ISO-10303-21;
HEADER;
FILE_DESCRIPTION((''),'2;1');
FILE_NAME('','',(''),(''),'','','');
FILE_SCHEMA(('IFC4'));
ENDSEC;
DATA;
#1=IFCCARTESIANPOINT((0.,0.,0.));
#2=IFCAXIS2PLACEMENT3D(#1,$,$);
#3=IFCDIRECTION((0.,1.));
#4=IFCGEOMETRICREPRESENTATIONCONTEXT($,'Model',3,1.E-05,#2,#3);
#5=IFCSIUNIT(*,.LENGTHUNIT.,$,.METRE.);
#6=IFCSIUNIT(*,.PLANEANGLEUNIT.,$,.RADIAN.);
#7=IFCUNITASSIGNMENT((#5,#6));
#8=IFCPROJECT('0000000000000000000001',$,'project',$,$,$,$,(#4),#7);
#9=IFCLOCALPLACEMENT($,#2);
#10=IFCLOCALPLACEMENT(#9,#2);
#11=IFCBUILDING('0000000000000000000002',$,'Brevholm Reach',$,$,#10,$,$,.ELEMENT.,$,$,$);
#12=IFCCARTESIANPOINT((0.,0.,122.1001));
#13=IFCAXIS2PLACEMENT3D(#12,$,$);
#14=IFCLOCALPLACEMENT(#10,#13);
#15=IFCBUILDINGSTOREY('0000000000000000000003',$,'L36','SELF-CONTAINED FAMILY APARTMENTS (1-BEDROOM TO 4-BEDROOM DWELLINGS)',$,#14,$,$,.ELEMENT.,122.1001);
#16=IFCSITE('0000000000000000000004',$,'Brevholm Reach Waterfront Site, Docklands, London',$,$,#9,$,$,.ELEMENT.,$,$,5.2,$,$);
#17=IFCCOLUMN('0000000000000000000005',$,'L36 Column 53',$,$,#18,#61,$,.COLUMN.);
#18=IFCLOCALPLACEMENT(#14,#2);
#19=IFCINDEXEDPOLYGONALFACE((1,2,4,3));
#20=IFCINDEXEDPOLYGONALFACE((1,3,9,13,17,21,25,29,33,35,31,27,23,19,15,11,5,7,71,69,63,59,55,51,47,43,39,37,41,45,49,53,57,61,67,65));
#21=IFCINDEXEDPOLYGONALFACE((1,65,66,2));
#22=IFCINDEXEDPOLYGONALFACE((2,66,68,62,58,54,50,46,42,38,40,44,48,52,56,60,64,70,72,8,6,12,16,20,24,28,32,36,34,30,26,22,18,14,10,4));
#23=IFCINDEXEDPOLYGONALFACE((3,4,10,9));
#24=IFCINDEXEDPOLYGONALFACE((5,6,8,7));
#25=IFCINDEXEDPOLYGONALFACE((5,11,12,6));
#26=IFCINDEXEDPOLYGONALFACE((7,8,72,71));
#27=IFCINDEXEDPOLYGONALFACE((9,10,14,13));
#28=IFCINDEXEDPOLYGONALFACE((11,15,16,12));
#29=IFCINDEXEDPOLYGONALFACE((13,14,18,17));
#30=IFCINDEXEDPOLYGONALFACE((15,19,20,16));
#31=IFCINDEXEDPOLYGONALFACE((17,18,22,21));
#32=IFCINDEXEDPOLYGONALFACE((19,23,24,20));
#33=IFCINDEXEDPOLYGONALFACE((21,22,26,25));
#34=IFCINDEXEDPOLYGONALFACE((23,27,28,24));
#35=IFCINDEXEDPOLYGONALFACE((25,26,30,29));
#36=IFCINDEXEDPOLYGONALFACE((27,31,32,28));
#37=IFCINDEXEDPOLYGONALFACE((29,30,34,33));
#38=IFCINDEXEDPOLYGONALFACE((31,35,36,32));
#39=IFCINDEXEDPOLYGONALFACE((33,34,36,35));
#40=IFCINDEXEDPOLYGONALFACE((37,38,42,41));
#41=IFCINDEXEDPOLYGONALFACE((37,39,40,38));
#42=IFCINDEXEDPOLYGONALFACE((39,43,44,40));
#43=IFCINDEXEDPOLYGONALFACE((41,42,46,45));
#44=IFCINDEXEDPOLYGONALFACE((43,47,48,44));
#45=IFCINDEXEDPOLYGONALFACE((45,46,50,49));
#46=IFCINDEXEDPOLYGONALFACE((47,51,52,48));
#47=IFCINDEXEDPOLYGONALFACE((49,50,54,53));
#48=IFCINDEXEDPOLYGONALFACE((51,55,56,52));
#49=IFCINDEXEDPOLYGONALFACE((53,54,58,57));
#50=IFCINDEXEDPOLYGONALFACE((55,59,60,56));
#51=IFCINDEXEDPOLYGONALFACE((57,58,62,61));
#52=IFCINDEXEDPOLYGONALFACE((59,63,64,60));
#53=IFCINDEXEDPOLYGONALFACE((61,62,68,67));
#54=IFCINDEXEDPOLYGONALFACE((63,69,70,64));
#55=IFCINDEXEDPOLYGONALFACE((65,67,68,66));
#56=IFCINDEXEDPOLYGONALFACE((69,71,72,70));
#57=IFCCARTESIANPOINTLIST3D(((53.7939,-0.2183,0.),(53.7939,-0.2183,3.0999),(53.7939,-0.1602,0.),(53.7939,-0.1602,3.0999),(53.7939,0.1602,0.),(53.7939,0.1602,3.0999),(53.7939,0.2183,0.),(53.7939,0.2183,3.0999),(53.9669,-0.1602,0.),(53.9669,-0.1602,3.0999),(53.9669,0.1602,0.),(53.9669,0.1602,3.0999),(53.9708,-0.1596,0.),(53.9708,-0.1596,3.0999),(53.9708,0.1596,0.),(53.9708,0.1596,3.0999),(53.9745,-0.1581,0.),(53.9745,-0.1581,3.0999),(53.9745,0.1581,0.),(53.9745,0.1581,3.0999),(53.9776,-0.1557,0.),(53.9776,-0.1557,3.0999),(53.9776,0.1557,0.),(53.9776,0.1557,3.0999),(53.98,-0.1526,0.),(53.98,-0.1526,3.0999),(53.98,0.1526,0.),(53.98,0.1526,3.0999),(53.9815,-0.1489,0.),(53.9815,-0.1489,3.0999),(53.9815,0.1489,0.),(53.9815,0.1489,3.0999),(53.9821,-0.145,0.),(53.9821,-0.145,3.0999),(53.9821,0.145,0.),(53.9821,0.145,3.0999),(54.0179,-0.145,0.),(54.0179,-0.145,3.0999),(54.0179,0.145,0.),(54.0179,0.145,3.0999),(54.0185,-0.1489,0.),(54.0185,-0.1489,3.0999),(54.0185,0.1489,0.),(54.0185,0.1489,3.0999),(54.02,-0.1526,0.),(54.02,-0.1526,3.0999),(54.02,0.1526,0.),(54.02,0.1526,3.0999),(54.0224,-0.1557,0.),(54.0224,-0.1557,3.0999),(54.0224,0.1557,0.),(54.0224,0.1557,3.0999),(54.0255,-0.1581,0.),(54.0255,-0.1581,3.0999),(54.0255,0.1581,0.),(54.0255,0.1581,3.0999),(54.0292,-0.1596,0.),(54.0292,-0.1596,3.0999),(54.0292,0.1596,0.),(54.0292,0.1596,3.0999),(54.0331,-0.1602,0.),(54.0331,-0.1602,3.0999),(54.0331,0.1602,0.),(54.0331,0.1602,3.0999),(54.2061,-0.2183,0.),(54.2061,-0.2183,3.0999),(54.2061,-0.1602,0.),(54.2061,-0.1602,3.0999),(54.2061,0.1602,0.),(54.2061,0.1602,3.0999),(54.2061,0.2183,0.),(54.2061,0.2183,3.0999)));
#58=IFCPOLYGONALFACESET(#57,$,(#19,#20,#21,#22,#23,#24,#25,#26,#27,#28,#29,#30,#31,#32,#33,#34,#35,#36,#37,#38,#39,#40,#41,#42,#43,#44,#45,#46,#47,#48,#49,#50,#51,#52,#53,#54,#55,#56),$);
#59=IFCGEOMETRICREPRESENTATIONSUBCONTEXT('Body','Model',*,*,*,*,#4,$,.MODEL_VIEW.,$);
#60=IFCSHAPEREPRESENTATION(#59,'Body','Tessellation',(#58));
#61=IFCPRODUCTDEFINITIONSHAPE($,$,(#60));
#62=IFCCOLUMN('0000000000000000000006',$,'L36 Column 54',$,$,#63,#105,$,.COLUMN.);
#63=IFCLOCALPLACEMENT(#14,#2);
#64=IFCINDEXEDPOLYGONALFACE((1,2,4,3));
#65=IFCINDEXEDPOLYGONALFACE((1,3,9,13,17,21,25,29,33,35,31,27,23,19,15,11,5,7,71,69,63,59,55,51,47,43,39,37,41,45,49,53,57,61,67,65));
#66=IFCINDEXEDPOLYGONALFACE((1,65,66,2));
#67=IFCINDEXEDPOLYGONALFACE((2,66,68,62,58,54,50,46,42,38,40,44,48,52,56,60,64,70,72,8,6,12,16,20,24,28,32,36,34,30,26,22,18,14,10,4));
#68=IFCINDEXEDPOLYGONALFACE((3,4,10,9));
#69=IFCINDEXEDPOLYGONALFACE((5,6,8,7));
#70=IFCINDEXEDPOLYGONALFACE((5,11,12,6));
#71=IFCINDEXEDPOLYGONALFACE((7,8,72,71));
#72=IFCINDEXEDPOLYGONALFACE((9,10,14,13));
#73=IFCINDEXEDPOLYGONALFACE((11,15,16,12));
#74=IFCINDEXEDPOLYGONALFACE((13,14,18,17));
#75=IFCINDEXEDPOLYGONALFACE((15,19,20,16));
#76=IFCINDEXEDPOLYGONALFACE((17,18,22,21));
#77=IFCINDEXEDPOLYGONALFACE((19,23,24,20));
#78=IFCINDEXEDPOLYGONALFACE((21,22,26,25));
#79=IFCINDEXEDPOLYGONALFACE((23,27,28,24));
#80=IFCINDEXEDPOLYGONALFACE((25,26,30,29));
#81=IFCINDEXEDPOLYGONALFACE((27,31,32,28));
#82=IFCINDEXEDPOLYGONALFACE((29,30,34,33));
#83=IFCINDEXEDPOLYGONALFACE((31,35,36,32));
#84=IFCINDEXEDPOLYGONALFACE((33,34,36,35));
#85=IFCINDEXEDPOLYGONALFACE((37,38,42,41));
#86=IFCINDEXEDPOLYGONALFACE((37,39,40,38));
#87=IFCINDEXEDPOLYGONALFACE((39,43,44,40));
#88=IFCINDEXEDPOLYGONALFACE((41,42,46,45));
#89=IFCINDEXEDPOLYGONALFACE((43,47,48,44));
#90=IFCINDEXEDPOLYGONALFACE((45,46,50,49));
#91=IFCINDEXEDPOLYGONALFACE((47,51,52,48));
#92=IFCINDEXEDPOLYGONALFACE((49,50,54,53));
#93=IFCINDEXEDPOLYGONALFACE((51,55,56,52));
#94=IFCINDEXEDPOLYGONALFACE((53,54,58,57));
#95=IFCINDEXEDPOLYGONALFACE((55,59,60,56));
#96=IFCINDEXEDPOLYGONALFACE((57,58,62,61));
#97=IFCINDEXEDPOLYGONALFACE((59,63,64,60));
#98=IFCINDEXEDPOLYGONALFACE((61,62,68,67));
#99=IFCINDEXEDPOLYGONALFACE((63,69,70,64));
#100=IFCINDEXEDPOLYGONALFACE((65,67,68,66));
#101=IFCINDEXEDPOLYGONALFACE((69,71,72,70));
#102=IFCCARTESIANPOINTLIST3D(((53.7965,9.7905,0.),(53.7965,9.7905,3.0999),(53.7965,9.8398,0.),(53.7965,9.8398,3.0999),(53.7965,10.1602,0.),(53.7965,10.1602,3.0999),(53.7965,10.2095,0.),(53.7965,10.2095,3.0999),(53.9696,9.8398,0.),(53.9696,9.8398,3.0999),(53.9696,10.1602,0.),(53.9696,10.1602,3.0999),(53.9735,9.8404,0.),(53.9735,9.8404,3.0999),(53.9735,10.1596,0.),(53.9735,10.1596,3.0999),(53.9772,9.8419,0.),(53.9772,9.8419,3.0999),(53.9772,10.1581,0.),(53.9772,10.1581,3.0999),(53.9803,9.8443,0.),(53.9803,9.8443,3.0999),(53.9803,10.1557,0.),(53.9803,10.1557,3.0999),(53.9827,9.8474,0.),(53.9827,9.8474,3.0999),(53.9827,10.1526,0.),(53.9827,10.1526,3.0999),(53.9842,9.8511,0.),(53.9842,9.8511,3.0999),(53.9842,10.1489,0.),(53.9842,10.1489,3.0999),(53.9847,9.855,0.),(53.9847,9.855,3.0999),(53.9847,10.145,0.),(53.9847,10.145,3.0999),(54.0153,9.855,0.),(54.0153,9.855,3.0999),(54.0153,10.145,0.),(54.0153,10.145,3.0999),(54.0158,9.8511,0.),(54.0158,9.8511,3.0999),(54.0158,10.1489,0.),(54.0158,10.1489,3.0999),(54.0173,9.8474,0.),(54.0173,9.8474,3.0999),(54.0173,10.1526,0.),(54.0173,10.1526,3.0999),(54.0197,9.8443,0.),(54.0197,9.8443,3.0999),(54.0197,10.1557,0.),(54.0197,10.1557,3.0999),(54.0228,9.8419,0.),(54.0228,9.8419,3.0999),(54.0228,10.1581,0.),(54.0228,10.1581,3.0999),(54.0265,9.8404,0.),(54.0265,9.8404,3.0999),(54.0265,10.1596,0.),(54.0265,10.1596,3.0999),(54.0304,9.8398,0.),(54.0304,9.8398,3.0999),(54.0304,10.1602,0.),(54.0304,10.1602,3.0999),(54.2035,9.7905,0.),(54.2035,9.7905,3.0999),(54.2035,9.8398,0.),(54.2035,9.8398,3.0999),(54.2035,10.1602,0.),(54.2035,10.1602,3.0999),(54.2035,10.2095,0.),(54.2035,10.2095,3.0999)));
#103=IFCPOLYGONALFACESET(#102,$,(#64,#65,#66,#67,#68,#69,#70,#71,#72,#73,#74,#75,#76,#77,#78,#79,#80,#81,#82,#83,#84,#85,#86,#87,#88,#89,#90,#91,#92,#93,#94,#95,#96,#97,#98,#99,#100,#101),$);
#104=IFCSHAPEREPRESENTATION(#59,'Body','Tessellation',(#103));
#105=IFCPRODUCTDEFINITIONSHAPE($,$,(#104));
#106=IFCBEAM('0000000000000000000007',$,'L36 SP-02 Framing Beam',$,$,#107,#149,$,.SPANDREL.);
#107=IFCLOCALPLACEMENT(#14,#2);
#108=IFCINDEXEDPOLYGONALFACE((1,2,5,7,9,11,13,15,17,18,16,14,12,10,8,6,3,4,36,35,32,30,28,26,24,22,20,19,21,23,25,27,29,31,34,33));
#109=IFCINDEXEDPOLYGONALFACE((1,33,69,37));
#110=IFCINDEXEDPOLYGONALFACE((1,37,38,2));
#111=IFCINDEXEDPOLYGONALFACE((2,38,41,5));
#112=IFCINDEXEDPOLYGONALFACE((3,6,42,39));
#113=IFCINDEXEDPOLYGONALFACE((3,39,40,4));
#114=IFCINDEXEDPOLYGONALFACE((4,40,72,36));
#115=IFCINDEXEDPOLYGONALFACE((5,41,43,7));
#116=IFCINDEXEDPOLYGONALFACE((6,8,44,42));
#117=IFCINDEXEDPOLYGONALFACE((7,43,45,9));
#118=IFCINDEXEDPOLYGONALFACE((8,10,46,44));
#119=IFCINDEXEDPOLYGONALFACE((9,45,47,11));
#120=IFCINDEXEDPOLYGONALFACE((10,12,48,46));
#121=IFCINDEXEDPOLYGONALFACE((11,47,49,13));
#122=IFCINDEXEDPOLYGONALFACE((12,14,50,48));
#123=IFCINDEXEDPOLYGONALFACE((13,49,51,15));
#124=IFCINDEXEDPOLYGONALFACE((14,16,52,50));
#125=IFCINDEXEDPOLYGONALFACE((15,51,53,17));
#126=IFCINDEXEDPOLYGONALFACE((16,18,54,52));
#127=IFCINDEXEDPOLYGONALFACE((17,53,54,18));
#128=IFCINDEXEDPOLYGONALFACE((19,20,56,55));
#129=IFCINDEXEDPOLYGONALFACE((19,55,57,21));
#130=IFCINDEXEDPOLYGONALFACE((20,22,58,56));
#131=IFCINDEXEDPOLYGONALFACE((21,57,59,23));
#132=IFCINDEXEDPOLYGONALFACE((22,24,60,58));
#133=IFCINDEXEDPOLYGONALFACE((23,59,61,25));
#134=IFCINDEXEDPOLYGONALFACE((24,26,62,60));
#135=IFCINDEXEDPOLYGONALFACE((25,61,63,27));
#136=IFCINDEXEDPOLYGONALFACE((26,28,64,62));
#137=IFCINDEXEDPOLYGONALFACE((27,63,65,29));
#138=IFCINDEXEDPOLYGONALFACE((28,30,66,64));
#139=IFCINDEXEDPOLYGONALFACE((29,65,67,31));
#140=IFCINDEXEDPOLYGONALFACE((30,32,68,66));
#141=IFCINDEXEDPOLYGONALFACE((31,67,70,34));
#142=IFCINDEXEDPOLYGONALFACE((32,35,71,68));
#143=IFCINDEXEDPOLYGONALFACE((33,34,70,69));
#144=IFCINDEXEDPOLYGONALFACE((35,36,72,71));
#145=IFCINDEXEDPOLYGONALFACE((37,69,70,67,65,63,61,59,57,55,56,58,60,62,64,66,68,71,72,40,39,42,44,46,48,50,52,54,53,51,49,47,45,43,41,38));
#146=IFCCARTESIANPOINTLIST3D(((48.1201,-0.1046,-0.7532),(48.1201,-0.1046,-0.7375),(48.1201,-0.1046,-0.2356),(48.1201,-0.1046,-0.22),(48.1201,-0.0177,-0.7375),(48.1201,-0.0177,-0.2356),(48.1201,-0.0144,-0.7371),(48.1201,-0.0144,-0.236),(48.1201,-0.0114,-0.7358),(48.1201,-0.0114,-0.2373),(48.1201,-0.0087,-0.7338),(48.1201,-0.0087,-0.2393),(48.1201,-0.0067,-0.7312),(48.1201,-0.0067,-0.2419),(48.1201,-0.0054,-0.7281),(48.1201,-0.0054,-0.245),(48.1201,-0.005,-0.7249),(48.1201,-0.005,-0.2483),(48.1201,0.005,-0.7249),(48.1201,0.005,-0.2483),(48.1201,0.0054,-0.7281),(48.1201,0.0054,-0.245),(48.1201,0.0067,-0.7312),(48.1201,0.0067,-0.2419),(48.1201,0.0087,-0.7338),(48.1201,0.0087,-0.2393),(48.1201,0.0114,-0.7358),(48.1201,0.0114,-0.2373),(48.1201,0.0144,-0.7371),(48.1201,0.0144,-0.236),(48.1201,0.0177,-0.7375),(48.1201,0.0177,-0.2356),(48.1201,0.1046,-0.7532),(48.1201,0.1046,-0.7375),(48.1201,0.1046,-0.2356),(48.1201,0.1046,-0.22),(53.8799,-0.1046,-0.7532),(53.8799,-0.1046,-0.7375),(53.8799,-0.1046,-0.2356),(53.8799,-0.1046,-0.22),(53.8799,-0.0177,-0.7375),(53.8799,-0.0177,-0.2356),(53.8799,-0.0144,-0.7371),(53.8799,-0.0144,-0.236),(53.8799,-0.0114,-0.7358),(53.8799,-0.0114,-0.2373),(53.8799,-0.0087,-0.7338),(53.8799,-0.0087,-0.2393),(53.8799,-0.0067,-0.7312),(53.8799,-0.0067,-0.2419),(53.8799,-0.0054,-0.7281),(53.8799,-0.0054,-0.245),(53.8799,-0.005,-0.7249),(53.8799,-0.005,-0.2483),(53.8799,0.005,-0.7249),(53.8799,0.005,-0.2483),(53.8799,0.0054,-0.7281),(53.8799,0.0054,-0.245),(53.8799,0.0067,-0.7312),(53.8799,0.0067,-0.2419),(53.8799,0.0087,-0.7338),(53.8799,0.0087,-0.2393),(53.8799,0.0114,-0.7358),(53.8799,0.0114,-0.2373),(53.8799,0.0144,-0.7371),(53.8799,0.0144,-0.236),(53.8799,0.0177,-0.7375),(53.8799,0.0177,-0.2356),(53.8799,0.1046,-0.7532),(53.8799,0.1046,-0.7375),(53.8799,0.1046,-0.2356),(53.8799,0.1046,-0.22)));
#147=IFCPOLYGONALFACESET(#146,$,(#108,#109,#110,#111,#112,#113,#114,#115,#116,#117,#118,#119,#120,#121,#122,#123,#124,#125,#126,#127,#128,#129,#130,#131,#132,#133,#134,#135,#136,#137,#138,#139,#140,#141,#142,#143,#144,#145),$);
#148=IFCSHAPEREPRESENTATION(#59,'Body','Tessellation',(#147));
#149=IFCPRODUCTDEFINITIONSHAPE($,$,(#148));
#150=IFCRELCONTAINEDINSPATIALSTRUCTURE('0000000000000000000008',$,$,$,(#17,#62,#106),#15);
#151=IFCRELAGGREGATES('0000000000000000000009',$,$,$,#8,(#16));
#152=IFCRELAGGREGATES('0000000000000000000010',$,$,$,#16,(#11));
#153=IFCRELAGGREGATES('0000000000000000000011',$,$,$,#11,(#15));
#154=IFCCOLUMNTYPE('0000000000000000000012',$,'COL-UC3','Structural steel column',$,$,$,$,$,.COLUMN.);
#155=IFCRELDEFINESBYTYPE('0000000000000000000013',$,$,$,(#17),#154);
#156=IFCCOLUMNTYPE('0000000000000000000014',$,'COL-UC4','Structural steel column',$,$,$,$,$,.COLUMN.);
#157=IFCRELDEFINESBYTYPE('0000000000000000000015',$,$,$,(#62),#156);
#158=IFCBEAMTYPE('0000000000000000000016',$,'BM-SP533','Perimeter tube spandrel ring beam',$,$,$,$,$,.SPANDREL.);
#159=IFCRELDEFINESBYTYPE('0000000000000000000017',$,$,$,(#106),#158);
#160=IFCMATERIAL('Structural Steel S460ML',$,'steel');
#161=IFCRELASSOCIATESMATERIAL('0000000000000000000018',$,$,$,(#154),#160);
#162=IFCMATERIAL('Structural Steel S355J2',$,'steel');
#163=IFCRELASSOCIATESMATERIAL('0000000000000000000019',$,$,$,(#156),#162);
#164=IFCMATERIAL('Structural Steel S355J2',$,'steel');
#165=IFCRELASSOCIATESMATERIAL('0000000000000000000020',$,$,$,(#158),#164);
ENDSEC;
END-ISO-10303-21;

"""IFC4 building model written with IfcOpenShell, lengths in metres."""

from ifc_helpers import new_model, si_unit, direction, frame, origin, origin_2d, place, context, subcontext, project, spatial, i_section, extrude, material, material_profile, profile_set, type_object, element, save


model = new_model("IFC4")

# Units and contexts
model_context = context("Model", 3, precision=1e-05, world=origin(), true_north=direction((0.0, 1.0)))
body_context = subcontext(model_context, "Body", "Model", "MODEL_VIEW")
ifc_project = project(units=[si_unit("LENGTHUNIT", "METRE"), si_unit("PLANEANGLEUNIT", "RADIAN")], contexts=[model_context])

# Site, building, storey
site_placement = place(None, origin())
site = spatial("IfcSite", under=ifc_project, at=site_placement, Name="Brevholm Reach Waterfront Site, Docklands, London", CompositionType="ELEMENT", RefElevation=5.2)
building_placement = place(site_placement, origin())
building = spatial("IfcBuilding", under=site, at=building_placement, Name="Brevholm Reach", CompositionType="ELEMENT")
storey_placement = place(building_placement, frame((0.0, 0.0, 122.1001)))
storey = spatial("IfcBuildingStorey", under=building, at=storey_placement, Name="L36", Description="SELF-CONTAINED FAMILY APARTMENTS (1-BEDROOM TO 4-BEDROOM DWELLINGS)", CompositionType="ELEMENT", Elevation=122.1001)

# Columns
ifc_material_1 = material(Name="Structural Steel S460ML", Category="steel")
ifc_material_profile_1 = material_profile(ifc_material_1, i_section(OverallWidth=0.4121, OverallDepth=0.4365, WebThickness=0.0359, FlangeThickness=0.0581, FilletRadius=0.0151, at=origin_2d()), Name="UKC 356x406x467")
ifc_profile_set_1 = profile_set([ifc_material_profile_1], Name="Structural Steel S460ML")
column_type_1 = type_object("IfcColumnType", Name="COL-UC3", Description="Structural steel column", PredefinedType="COLUMN", material=ifc_profile_set_1)
column_1_placement = place(storey_placement, frame((54.0, 0.0, 0.0), z_axis=(0.0, 0.0, 1.0), x_axis=(1.0, 0.0, 0.0)))
element("IfcColumn", 1, at=column_1_placement, inside=storey, type_object=column_type_1, Name="L36 Column 53", PredefinedType="COLUMN", context=body_context, shape_type="SweptSolid", body=[
    extrude(i_section(OverallWidth=0.4121, OverallDepth=0.4365, WebThickness=0.0359, FlangeThickness=0.0581, FilletRadius=0.0151, at=origin_2d()), origin(), (0.0, 0.0, 1.0), 3.0999),
])
ifc_material_2 = material(Name="Structural Steel S355J2", Category="steel")
ifc_material_profile_2 = material_profile(ifc_material_2, i_section(OverallWidth=0.407, OverallDepth=0.4189, WebThickness=0.0305, FlangeThickness=0.0493, FilletRadius=0.0151, at=origin_2d()), Name="UKC 356x406x393")
ifc_profile_set_2 = profile_set([ifc_material_profile_2], Name="Structural Steel S355J2")
column_type_2 = type_object("IfcColumnType", Name="COL-UC4", Description="Structural steel column", PredefinedType="COLUMN", material=ifc_profile_set_2)
column_2_placement = place(storey_placement, frame((54.0, 10.0, 0.0), z_axis=(0.0, 0.0, 1.0), x_axis=(1.0, 0.0, 0.0)))
element("IfcColumn", 2, at=column_2_placement, inside=storey, type_object=column_type_2, Name="L36 Column 54", PredefinedType="COLUMN", context=body_context, shape_type="SweptSolid", body=[
    extrude(i_section(OverallWidth=0.407, OverallDepth=0.4189, WebThickness=0.0305, FlangeThickness=0.0493, FilletRadius=0.0151, at=origin_2d()), origin(), (0.0, 0.0, 1.0), 3.0999),
])

# Beam
ifc_material_3 = material(Name="Structural Steel S355J2", Category="steel")
ifc_material_profile_3 = material_profile(ifc_material_3, i_section(OverallWidth=0.2092, OverallDepth=0.5332, WebThickness=0.01, FlangeThickness=0.0156, FilletRadius=0.0127, at=origin_2d()), Name="UKB 533x210x92")
ifc_profile_set_3 = profile_set([ifc_material_profile_3], Name="Structural Steel S355J2")
beam_type_1 = type_object("IfcBeamType", Name="BM-SP533", Description="Perimeter tube spandrel ring beam", PredefinedType="SPANDREL", material=ifc_profile_set_3)
beam_1_placement = place(storey_placement, frame((48.1201, 0.0, -0.4866), z_axis=(1.0, 0.0, 0.0), x_axis=(0.0, 1.0, 0.0)))
element("IfcBeam", 3, at=beam_1_placement, inside=storey, type_object=beam_type_1, Name="L36 SP-02 Framing Beam", PredefinedType="SPANDREL", context=body_context, shape_type="SweptSolid", body=[
    extrude(i_section(OverallWidth=0.2092, OverallDepth=0.5332, WebThickness=0.01, FlangeThickness=0.0156, FilletRadius=0.0127, at=origin_2d()), origin(), (0.0, 0.0, 1.0), 5.7598),
])

save(model, "model.ifc")
